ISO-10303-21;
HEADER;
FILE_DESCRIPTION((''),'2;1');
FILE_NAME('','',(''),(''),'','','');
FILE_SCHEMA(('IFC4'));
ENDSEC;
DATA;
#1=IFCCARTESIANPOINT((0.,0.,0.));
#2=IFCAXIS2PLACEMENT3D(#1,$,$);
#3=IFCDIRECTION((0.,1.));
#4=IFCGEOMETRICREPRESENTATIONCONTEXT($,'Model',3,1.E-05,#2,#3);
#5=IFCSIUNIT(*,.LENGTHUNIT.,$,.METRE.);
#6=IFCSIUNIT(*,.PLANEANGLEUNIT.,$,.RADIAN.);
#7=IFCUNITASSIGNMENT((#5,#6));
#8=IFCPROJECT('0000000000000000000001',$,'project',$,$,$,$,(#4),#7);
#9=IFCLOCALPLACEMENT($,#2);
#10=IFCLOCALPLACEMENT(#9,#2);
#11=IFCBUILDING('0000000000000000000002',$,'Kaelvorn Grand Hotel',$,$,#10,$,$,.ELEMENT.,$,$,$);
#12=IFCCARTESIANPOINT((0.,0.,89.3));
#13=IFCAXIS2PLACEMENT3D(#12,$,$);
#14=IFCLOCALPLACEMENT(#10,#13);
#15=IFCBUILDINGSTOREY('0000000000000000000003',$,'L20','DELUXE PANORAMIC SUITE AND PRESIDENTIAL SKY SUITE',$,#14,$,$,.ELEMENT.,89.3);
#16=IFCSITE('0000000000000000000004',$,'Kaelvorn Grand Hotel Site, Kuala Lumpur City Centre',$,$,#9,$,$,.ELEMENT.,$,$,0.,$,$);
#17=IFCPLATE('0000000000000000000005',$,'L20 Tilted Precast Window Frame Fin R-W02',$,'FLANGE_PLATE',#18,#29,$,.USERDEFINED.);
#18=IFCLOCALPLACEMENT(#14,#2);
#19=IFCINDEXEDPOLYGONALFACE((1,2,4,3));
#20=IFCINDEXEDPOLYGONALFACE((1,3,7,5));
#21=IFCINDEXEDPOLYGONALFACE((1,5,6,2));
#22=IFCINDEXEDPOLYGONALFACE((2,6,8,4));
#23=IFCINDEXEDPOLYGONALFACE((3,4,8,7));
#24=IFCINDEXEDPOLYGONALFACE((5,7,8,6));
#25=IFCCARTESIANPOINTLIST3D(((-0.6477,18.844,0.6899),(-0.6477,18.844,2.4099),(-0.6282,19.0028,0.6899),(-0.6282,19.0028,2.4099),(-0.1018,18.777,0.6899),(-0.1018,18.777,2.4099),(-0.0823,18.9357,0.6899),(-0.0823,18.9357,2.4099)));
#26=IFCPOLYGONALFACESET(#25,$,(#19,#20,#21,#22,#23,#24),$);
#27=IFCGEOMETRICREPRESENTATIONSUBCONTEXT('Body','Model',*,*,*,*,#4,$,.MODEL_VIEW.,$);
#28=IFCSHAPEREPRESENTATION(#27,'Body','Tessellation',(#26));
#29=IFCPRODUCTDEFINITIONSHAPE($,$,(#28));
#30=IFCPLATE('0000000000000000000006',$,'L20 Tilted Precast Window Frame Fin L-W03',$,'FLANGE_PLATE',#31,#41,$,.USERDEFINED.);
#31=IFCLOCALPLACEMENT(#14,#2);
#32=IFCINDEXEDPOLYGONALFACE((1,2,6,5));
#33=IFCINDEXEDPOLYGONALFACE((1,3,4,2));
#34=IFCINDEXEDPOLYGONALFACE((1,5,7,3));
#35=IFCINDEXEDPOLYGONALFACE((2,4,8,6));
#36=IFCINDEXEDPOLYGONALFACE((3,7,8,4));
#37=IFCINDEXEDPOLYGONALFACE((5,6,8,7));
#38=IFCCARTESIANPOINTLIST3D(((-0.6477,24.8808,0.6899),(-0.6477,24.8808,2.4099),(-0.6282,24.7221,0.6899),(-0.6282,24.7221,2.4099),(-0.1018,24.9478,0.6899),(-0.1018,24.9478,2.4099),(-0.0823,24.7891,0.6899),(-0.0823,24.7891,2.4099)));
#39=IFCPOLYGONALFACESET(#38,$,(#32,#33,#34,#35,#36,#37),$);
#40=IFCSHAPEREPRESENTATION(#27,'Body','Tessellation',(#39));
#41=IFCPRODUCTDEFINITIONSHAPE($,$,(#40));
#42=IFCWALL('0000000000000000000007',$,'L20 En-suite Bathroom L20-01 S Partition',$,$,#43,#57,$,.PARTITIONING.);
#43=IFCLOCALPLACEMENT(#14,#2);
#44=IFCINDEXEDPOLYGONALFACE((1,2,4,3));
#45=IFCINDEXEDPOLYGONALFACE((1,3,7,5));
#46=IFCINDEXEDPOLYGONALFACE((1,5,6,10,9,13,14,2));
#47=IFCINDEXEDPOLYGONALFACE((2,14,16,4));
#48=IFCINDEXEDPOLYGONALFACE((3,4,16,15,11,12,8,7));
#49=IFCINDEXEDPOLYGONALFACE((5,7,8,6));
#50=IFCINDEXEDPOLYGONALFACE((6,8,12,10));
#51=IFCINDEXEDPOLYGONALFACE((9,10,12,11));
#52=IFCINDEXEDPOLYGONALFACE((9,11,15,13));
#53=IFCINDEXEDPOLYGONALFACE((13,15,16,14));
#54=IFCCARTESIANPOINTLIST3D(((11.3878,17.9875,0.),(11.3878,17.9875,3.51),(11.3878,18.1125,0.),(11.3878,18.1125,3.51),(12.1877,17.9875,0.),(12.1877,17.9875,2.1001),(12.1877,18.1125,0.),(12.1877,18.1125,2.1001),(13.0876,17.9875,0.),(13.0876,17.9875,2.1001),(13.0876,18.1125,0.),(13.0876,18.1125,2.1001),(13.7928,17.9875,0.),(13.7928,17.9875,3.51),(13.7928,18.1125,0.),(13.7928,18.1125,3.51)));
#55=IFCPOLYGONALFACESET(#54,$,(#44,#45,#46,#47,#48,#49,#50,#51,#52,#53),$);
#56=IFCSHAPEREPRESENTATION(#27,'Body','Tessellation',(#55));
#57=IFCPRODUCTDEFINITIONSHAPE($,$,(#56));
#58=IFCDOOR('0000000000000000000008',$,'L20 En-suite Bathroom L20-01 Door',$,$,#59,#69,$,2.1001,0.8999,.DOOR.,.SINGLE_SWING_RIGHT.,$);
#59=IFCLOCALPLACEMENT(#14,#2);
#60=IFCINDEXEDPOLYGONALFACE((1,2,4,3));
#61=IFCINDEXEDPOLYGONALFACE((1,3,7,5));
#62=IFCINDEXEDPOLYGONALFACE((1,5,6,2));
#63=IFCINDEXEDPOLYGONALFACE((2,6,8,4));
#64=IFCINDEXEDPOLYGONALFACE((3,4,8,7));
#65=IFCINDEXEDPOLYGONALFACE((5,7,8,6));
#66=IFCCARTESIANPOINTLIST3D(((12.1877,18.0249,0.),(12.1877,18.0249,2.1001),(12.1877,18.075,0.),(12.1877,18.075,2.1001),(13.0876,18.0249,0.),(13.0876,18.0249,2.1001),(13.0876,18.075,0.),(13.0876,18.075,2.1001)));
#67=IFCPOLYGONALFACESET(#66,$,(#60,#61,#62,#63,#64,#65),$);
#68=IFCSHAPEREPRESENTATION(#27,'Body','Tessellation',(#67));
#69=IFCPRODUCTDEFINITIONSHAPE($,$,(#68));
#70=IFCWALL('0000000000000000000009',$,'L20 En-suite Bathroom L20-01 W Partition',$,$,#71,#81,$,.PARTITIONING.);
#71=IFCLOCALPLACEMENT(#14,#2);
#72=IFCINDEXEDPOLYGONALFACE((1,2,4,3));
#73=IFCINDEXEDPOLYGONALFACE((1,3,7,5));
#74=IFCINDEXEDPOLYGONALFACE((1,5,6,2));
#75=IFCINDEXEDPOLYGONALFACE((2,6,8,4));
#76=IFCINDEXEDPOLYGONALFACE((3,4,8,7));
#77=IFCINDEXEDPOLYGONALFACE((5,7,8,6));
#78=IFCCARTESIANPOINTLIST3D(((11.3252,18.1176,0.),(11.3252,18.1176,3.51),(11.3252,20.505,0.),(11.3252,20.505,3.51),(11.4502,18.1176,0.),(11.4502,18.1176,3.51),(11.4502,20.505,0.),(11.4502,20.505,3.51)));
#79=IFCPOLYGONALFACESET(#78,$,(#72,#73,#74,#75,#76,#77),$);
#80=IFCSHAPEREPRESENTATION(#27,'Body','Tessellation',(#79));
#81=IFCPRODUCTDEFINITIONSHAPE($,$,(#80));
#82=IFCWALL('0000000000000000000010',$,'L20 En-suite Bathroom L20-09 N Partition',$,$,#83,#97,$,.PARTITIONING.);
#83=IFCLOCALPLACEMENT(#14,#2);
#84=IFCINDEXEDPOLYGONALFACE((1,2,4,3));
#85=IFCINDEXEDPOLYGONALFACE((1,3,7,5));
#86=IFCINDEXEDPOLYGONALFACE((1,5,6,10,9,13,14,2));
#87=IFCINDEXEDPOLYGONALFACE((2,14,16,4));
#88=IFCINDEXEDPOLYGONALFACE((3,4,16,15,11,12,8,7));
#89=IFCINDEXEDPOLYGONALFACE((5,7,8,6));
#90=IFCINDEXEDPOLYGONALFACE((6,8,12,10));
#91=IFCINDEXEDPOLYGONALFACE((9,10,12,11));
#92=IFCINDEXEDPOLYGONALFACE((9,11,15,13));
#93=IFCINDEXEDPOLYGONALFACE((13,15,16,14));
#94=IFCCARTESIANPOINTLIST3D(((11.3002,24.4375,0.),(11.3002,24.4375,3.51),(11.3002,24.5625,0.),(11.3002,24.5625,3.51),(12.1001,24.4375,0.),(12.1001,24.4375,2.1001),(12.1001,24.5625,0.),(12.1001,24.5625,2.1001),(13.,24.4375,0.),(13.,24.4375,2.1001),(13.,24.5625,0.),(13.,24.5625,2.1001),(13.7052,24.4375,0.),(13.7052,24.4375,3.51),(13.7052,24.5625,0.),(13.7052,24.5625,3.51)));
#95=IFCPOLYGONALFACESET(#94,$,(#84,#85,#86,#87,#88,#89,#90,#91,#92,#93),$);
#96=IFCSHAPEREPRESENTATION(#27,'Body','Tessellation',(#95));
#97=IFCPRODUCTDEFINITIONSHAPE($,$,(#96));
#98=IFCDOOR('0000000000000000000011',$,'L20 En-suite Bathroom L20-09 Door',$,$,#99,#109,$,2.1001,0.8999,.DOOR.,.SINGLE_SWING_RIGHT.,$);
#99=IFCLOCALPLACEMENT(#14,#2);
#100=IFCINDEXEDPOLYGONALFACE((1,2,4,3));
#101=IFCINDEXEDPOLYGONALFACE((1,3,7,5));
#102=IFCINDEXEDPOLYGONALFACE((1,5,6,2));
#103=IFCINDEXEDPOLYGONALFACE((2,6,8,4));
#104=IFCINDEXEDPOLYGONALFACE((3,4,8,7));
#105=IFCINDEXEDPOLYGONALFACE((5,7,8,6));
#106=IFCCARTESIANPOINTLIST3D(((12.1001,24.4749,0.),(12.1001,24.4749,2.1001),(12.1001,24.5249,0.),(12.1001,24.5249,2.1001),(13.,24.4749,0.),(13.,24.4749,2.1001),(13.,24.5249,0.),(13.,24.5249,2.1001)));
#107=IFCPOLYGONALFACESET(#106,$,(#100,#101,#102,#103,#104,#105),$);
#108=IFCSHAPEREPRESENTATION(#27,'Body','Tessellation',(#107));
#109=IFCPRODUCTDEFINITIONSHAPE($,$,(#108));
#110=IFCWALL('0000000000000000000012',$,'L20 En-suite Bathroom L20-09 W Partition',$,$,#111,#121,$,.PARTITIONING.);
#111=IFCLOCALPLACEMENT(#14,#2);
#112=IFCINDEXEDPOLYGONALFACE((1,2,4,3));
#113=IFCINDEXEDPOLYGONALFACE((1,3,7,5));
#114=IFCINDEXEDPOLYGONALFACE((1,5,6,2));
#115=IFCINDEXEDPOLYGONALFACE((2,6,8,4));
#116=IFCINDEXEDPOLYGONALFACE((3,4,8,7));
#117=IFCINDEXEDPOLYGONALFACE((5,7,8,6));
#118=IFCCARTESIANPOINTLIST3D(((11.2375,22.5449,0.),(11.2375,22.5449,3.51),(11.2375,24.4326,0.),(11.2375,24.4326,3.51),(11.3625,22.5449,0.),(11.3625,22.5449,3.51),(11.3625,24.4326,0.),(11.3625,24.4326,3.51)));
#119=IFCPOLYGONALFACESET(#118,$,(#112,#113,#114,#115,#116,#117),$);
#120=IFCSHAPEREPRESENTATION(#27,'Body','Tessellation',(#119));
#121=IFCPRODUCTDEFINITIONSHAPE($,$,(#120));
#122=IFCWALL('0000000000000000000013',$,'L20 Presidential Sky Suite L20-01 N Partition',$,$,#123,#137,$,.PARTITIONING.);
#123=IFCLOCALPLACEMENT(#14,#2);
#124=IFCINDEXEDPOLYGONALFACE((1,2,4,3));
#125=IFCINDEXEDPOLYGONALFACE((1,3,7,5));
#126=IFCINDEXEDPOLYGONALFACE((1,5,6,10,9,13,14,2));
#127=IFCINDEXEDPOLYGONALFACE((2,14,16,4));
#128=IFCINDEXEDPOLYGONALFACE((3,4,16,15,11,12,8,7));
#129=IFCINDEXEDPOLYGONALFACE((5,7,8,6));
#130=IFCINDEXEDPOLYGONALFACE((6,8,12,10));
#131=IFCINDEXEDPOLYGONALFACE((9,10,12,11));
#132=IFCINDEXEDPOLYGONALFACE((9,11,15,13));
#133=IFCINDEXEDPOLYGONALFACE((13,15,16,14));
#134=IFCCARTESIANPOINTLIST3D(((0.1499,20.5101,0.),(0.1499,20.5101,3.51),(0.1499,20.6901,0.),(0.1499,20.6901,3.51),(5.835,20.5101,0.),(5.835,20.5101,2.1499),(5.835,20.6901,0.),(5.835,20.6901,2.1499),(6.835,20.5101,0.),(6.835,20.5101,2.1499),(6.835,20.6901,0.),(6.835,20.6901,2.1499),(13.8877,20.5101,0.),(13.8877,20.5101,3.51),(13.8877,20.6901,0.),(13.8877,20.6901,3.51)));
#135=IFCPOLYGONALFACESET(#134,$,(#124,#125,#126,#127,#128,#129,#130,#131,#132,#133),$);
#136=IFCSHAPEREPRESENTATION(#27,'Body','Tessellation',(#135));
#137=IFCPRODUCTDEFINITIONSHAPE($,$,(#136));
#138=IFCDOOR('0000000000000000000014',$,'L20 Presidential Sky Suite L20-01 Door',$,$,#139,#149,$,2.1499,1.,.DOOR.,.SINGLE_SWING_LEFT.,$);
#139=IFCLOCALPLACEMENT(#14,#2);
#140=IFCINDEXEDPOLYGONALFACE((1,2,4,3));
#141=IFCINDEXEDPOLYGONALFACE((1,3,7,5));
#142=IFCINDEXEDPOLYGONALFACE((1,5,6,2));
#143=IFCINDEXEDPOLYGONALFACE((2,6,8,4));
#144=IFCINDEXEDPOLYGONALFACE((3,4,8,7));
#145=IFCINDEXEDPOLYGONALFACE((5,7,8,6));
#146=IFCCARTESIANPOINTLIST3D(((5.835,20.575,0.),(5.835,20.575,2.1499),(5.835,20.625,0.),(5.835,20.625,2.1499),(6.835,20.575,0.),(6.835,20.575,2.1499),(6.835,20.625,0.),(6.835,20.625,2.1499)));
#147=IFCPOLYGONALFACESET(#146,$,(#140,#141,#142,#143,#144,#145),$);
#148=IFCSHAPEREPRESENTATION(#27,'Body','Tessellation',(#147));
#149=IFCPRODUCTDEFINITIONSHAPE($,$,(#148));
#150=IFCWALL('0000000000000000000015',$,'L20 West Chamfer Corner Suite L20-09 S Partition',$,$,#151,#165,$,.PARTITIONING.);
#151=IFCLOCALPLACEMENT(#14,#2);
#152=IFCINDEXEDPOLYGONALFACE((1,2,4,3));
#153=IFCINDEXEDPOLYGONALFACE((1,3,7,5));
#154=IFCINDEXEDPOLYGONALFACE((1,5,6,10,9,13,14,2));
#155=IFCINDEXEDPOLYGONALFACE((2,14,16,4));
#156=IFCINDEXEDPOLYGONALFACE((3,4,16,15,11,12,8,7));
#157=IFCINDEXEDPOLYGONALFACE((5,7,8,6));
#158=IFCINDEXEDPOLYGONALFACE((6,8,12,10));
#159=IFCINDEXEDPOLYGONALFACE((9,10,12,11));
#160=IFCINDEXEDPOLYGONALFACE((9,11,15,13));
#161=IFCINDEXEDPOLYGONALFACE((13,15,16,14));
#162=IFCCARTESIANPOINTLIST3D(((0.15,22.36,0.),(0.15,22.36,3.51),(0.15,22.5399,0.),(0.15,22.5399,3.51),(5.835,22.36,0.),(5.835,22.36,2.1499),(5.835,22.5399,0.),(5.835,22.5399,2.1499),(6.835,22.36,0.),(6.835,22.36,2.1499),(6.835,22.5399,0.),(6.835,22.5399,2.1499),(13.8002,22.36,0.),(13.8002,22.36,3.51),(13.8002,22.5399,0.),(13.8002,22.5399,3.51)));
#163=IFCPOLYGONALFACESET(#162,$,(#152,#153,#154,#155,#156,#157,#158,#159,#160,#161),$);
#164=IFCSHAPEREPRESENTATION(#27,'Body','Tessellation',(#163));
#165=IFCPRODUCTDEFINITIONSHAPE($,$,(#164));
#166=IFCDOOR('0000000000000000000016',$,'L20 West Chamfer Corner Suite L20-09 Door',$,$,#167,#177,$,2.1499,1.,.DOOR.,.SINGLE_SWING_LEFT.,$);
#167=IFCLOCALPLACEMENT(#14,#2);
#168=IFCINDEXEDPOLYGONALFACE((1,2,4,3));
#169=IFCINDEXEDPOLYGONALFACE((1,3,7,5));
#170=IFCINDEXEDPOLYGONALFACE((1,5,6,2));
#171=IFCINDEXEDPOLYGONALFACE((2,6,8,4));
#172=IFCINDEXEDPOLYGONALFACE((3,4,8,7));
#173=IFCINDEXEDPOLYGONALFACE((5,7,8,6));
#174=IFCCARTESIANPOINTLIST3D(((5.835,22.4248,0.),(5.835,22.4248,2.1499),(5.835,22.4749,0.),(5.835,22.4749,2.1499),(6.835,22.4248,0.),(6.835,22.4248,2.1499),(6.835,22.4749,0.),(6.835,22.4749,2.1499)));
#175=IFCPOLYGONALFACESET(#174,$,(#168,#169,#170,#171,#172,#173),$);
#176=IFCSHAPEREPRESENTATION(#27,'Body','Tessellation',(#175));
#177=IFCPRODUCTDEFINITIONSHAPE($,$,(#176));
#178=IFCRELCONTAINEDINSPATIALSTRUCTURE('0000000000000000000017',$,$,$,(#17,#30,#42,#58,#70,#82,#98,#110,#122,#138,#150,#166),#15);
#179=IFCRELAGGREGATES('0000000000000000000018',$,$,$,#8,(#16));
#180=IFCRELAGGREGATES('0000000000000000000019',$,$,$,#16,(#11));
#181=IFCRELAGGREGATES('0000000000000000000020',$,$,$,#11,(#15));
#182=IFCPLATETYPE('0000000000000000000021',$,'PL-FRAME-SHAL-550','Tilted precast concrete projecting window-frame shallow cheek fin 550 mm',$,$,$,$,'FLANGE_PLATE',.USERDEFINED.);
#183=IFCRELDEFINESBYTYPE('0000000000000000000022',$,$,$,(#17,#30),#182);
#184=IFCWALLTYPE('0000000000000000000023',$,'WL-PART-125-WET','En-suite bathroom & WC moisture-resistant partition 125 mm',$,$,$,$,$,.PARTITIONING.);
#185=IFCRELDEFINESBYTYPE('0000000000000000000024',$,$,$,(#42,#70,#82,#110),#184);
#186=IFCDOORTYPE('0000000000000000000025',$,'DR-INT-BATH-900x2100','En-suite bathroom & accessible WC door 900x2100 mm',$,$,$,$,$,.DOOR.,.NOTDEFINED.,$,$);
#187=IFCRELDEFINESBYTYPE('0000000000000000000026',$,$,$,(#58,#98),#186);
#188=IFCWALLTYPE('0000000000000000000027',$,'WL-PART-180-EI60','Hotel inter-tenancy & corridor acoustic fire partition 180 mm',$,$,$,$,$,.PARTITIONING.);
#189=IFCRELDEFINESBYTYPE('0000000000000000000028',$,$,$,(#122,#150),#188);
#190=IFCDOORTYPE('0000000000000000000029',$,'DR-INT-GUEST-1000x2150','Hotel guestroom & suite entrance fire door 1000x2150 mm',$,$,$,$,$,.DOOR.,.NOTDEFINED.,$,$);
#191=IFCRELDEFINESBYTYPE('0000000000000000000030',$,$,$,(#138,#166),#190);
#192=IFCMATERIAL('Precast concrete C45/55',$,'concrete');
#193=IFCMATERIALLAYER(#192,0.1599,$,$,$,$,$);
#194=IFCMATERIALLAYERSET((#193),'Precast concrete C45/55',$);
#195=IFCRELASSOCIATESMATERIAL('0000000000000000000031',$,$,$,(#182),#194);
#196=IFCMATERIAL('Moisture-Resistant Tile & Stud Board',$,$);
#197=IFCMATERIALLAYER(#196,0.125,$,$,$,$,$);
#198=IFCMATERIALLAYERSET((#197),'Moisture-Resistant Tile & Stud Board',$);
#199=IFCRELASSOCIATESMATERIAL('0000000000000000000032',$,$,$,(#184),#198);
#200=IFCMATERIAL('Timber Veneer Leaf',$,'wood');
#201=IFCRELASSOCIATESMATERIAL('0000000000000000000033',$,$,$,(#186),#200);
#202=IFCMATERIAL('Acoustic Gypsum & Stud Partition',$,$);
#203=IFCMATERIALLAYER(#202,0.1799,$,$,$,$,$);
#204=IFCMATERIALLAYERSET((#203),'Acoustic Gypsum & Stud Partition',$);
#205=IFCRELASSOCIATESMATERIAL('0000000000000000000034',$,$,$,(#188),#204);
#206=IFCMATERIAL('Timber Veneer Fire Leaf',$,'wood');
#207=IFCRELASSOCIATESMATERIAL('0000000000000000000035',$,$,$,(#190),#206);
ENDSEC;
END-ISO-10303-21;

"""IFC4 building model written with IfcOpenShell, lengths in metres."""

from ifc_helpers import new_model, si_unit, direction, frame, frame_2d, origin, origin_2d, place, context, subcontext, project, spatial, rectangle, extrude, material, layer, layer_set, type_object, element, fill, save


model = new_model("IFC4")

# Units and contexts
model_context = context("Model", 3, precision=1e-05, world=origin(), true_north=direction((0.0, 1.0)))
body_context = subcontext(model_context, "Body", "Model", "MODEL_VIEW")
ifc_project = project(units=[si_unit("LENGTHUNIT", "METRE"), si_unit("PLANEANGLEUNIT", "RADIAN")], contexts=[model_context])

# Site, building, storey
site_placement = place(None, origin())
site = spatial("IfcSite", under=ifc_project, at=site_placement, Name="Kaelvorn Grand Hotel Site, Kuala Lumpur City Centre", CompositionType="ELEMENT", RefElevation=0.0)
building_placement = place(site_placement, origin())
building = spatial("IfcBuilding", under=site, at=building_placement, Name="Kaelvorn Grand Hotel", CompositionType="ELEMENT")
storey_placement = place(building_placement, frame((0.0, 0.0, 89.3)))
storey = spatial("IfcBuildingStorey", under=building, at=storey_placement, Name="L20", Description="DELUXE PANORAMIC SUITE AND PRESIDENTIAL SKY SUITE", CompositionType="ELEMENT", Elevation=89.3)

# Plates
ifc_material_1 = material(Name="Precast concrete C45/55", Category="concrete")
ifc_layer_1 = layer(ifc_material_1, 0.1599)
ifc_layer_set_1 = layer_set([ifc_layer_1], Name="Precast concrete C45/55")
plate_type_1 = type_object("IfcPlateType", Name="PL-FRAME-SHAL-550", Description="Tilted precast concrete projecting window-frame shallow cheek fin 550 mm", ElementType="FLANGE_PLATE", PredefinedType="USERDEFINED", material=ifc_layer_set_1)
for number, where, z_axis, x_axis, name in (
    (1, (-0.365, 18.8899, 0.6899), (0.0, 0.0, 1.0), (0.121869, 0.992546, 0.0), "L20 Tilted Precast Window Frame Fin R-W02"),
    (2, (-0.365, 24.835, 0.6899), (0.0, 0.0, 1.0), (-0.121869, 0.992546, 0.0), "L20 Tilted Precast Window Frame Fin L-W03"),
):
    element("IfcPlate", number, at=place(storey_placement, frame(where, z_axis=z_axis, x_axis=x_axis)), inside=storey, type_object=plate_type_1, Name=name, ObjectType="FLANGE_PLATE", PredefinedType="USERDEFINED", context=body_context, shape_type="SweptSolid", body=[
        extrude(rectangle(XDim=0.1599, YDim=0.55, at=origin_2d()), origin(), (0.0, 0.0, 1.0), 1.72),
    ])

# Wall, opening, door
ifc_material_2 = material(Name="Moisture-Resistant Tile & Stud Board")
ifc_layer_2 = layer(ifc_material_2, 0.125)
ifc_layer_set_2 = layer_set([ifc_layer_2], Name="Moisture-Resistant Tile & Stud Board")
wall_type_1 = type_object("IfcWallType", Name="WL-PART-125-WET", Description="En-suite bathroom & WC moisture-resistant partition 125 mm", PredefinedType="PARTITIONING", material=ifc_layer_set_2)
wall_1_placement = place(storey_placement, frame((11.3877, 18.05, 0.0), z_axis=(0.0, 0.0, 1.0), x_axis=(1.0, 0.0, 0.0)))
wall_1 = element("IfcWall", 3, at=wall_1_placement, inside=storey, type_object=wall_type_1, Name="L20 En-suite Bathroom L20-01 S Partition", PredefinedType="PARTITIONING", context=body_context, shape_type="SweptSolid", body=[
    extrude(rectangle(XDim=2.405, YDim=0.125, at=frame_2d((1.2026, 0.0))), origin(), (0.0, 0.0, 1.0), 3.51),
])
opening_1_placement = place(wall_1_placement, frame((0.8, 0.0, 0.0)))
opening_1 = element("IfcOpeningElement", 4, at=opening_1_placement, cuts=wall_1, PredefinedType="OPENING", context=body_context, shape_type="SweptSolid", body=[
    extrude(rectangle(XDim=0.8999, YDim=2.1001, at=frame_2d((0.45, 1.05))), frame((0.0, 0.0725, 0.0), z_axis=(0.0, -1.0, 0.0), x_axis=(1.0, 0.0, 0.0)), (0.0, 0.0, 1.0), 0.145),
])
ifc_material_3 = material(Name="Timber Veneer Leaf", Category="wood")
door_type_1 = type_object("IfcDoorType", Name="DR-INT-BATH-900x2100", Description="En-suite bathroom & accessible WC door 900x2100 mm", OperationType="NOTDEFINED", PredefinedType="DOOR", material=ifc_material_3)
door_1_placement = place(opening_1_placement, origin())
door_1 = element("IfcDoor", 5, at=door_1_placement, inside=storey, type_object=door_type_1, Name="L20 En-suite Bathroom L20-01 Door", OperationType="SINGLE_SWING_RIGHT", OverallHeight=2.1001, OverallWidth=0.8999, PredefinedType="DOOR", context=body_context, shape_type="SweptSolid", body=[
    extrude(rectangle(XDim=0.8999, YDim=2.1001, at=frame_2d((0.45, 1.05))), frame((0.0, 0.0249, 0.0), z_axis=(0.0, -1.0, 0.0), x_axis=(1.0, 0.0, 0.0)), (0.0, 0.0, 1.0), 0.05),
])
fill(opening_1, door_1)

# Wall
wall_2_placement = place(storey_placement, frame((11.3877, 18.1174, 0.0), z_axis=(0.0, 0.0, 1.0), x_axis=(0.0, 1.0, 0.0)))
element("IfcWall", 6, at=wall_2_placement, inside=storey, type_object=wall_type_1, Name="L20 En-suite Bathroom L20-01 W Partition", PredefinedType="PARTITIONING", context=body_context, shape_type="SweptSolid", body=[
    extrude(rectangle(XDim=2.3875, YDim=0.125, at=frame_2d((1.1938, 0.0))), origin(), (0.0, 0.0, 1.0), 3.51),
])

# Wall, opening, door
wall_3_placement = place(storey_placement, frame((11.3, 24.5, 0.0), z_axis=(0.0, 0.0, 1.0), x_axis=(1.0, 0.0, 0.0)))
wall_3 = element("IfcWall", 7, at=wall_3_placement, inside=storey, type_object=wall_type_1, Name="L20 En-suite Bathroom L20-09 N Partition", PredefinedType="PARTITIONING", context=body_context, shape_type="SweptSolid", body=[
    extrude(rectangle(XDim=2.405, YDim=0.125, at=frame_2d((1.2026, 0.0))), origin(), (0.0, 0.0, 1.0), 3.51),
])
opening_2_placement = place(wall_3_placement, frame((0.8, 0.0, 0.0)))
opening_2 = element("IfcOpeningElement", 8, at=opening_2_placement, cuts=wall_3, PredefinedType="OPENING", context=body_context, shape_type="SweptSolid", body=[
    extrude(rectangle(XDim=0.8999, YDim=2.1001, at=frame_2d((0.45, 1.05))), frame((0.0, 0.0725, 0.0), z_axis=(0.0, -1.0, 0.0), x_axis=(1.0, 0.0, 0.0)), (0.0, 0.0, 1.0), 0.145),
])
door_2_placement = place(opening_2_placement, origin())
door_2 = element("IfcDoor", 9, at=door_2_placement, inside=storey, type_object=door_type_1, Name="L20 En-suite Bathroom L20-09 Door", OperationType="SINGLE_SWING_RIGHT", OverallHeight=2.1001, OverallWidth=0.8999, PredefinedType="DOOR", context=body_context, shape_type="SweptSolid", body=[
    extrude(rectangle(XDim=0.8999, YDim=2.1001, at=frame_2d((0.45, 1.05))), frame((0.0, 0.0249, 0.0), z_axis=(0.0, -1.0, 0.0), x_axis=(1.0, 0.0, 0.0)), (0.0, 0.0, 1.0), 0.05),
])
fill(opening_2, door_2)

# Wall
wall_4_placement = place(storey_placement, frame((11.3, 22.5449, 0.0), z_axis=(0.0, 0.0, 1.0), x_axis=(0.0, 1.0, 0.0)))
element("IfcWall", 10, at=wall_4_placement, inside=storey, type_object=wall_type_1, Name="L20 En-suite Bathroom L20-09 W Partition", PredefinedType="PARTITIONING", context=body_context, shape_type="SweptSolid", body=[
    extrude(rectangle(XDim=1.8877, YDim=0.125, at=frame_2d((0.9438, 0.0))), origin(), (0.0, 0.0, 1.0), 3.51),
])

# Walls, openings, doors
ifc_material_4 = material(Name="Acoustic Gypsum & Stud Partition")
ifc_layer_3 = layer(ifc_material_4, 0.1799)
ifc_layer_set_3 = layer_set([ifc_layer_3], Name="Acoustic Gypsum & Stud Partition")
wall_type_2 = type_object("IfcWallType", Name="WL-PART-180-EI60", Description="Hotel inter-tenancy & corridor acoustic fire partition 180 mm", PredefinedType="PARTITIONING", material=ifc_layer_set_3)
wall_5_placement = place(storey_placement, frame((0.1499, 20.6001, 0.0), z_axis=(0.0, 0.0, 1.0), x_axis=(1.0, 0.0, 0.0)))
wall_5 = element("IfcWall", 11, at=wall_5_placement, inside=storey, type_object=wall_type_2, Name="L20 Presidential Sky Suite L20-01 N Partition", PredefinedType="PARTITIONING", context=body_context, shape_type="SweptSolid", body=[
    extrude(rectangle(XDim=13.7378, YDim=0.1799, at=frame_2d((6.8689, 0.0))), origin(), (0.0, 0.0, 1.0), 3.51),
])
opening_3_placement = place(wall_5_placement, frame((5.6851, 0.0, 0.0)))
opening_3 = element("IfcOpeningElement", 12, at=opening_3_placement, cuts=wall_5, PredefinedType="OPENING", context=body_context, shape_type="SweptSolid", body=[
    extrude(rectangle(XDim=1.0, YDim=2.1499, at=frame_2d((0.5, 1.075))), frame((0.0, 0.1001, 0.0), z_axis=(0.0, -1.0, 0.0), x_axis=(1.0, 0.0, 0.0)), (0.0, 0.0, 1.0), 0.2),
])
ifc_material_5 = material(Name="Timber Veneer Fire Leaf", Category="wood")
door_type_2 = type_object("IfcDoorType", Name="DR-INT-GUEST-1000x2150", Description="Hotel guestroom & suite entrance fire door 1000x2150 mm", OperationType="NOTDEFINED", PredefinedType="DOOR", material=ifc_material_5)
door_3_placement = place(opening_3_placement, origin())
door_3 = element("IfcDoor", 13, at=door_3_placement, inside=storey, type_object=door_type_2, Name="L20 Presidential Sky Suite L20-01 Door", OperationType="SINGLE_SWING_LEFT", OverallHeight=2.1499, OverallWidth=1.0, PredefinedType="DOOR", context=body_context, shape_type="SweptSolid", body=[
    extrude(rectangle(XDim=1.0, YDim=2.1499, at=frame_2d((0.5, 1.075))), frame((0.0, 0.0249, 0.0), z_axis=(0.0, -1.0, 0.0), x_axis=(1.0, 0.0, 0.0)), (0.0, 0.0, 1.0), 0.05),
])
fill(opening_3, door_3)
wall_6_placement = place(storey_placement, frame((0.1499, 22.45, 0.0), z_axis=(0.0, 0.0, 1.0), x_axis=(1.0, 0.0, 0.0)))
wall_6 = element("IfcWall", 14, at=wall_6_placement, inside=storey, type_object=wall_type_2, Name="L20 West Chamfer Corner Suite L20-09 S Partition", PredefinedType="PARTITIONING", context=body_context, shape_type="SweptSolid", body=[
    extrude(rectangle(XDim=13.6501, YDim=0.1799, at=frame_2d((6.8252, 0.0))), origin(), (0.0, 0.0, 1.0), 3.51),
])
opening_4_placement = place(wall_6_placement, frame((5.6851, 0.0, 0.0)))
opening_4 = element("IfcOpeningElement", 15, at=opening_4_placement, cuts=wall_6, PredefinedType="OPENING", context=body_context, shape_type="SweptSolid", body=[
    extrude(rectangle(XDim=1.0, YDim=2.1499, at=frame_2d((0.5, 1.075))), frame((0.0, 0.1001, 0.0), z_axis=(0.0, -1.0, 0.0), x_axis=(1.0, 0.0, 0.0)), (0.0, 0.0, 1.0), 0.2),
])
door_4_placement = place(opening_4_placement, origin())
door_4 = element("IfcDoor", 16, at=door_4_placement, inside=storey, type_object=door_type_2, Name="L20 West Chamfer Corner Suite L20-09 Door", OperationType="SINGLE_SWING_LEFT", OverallHeight=2.1499, OverallWidth=1.0, PredefinedType="DOOR", context=body_context, shape_type="SweptSolid", body=[
    extrude(rectangle(XDim=1.0, YDim=2.1499, at=frame_2d((0.5, 1.075))), frame((0.0, 0.0249, 0.0), z_axis=(0.0, -1.0, 0.0), x_axis=(1.0, 0.0, 0.0)), (0.0, 0.0, 1.0), 0.05),
])
fill(opening_4, door_4)

save(model, "model.ifc")
